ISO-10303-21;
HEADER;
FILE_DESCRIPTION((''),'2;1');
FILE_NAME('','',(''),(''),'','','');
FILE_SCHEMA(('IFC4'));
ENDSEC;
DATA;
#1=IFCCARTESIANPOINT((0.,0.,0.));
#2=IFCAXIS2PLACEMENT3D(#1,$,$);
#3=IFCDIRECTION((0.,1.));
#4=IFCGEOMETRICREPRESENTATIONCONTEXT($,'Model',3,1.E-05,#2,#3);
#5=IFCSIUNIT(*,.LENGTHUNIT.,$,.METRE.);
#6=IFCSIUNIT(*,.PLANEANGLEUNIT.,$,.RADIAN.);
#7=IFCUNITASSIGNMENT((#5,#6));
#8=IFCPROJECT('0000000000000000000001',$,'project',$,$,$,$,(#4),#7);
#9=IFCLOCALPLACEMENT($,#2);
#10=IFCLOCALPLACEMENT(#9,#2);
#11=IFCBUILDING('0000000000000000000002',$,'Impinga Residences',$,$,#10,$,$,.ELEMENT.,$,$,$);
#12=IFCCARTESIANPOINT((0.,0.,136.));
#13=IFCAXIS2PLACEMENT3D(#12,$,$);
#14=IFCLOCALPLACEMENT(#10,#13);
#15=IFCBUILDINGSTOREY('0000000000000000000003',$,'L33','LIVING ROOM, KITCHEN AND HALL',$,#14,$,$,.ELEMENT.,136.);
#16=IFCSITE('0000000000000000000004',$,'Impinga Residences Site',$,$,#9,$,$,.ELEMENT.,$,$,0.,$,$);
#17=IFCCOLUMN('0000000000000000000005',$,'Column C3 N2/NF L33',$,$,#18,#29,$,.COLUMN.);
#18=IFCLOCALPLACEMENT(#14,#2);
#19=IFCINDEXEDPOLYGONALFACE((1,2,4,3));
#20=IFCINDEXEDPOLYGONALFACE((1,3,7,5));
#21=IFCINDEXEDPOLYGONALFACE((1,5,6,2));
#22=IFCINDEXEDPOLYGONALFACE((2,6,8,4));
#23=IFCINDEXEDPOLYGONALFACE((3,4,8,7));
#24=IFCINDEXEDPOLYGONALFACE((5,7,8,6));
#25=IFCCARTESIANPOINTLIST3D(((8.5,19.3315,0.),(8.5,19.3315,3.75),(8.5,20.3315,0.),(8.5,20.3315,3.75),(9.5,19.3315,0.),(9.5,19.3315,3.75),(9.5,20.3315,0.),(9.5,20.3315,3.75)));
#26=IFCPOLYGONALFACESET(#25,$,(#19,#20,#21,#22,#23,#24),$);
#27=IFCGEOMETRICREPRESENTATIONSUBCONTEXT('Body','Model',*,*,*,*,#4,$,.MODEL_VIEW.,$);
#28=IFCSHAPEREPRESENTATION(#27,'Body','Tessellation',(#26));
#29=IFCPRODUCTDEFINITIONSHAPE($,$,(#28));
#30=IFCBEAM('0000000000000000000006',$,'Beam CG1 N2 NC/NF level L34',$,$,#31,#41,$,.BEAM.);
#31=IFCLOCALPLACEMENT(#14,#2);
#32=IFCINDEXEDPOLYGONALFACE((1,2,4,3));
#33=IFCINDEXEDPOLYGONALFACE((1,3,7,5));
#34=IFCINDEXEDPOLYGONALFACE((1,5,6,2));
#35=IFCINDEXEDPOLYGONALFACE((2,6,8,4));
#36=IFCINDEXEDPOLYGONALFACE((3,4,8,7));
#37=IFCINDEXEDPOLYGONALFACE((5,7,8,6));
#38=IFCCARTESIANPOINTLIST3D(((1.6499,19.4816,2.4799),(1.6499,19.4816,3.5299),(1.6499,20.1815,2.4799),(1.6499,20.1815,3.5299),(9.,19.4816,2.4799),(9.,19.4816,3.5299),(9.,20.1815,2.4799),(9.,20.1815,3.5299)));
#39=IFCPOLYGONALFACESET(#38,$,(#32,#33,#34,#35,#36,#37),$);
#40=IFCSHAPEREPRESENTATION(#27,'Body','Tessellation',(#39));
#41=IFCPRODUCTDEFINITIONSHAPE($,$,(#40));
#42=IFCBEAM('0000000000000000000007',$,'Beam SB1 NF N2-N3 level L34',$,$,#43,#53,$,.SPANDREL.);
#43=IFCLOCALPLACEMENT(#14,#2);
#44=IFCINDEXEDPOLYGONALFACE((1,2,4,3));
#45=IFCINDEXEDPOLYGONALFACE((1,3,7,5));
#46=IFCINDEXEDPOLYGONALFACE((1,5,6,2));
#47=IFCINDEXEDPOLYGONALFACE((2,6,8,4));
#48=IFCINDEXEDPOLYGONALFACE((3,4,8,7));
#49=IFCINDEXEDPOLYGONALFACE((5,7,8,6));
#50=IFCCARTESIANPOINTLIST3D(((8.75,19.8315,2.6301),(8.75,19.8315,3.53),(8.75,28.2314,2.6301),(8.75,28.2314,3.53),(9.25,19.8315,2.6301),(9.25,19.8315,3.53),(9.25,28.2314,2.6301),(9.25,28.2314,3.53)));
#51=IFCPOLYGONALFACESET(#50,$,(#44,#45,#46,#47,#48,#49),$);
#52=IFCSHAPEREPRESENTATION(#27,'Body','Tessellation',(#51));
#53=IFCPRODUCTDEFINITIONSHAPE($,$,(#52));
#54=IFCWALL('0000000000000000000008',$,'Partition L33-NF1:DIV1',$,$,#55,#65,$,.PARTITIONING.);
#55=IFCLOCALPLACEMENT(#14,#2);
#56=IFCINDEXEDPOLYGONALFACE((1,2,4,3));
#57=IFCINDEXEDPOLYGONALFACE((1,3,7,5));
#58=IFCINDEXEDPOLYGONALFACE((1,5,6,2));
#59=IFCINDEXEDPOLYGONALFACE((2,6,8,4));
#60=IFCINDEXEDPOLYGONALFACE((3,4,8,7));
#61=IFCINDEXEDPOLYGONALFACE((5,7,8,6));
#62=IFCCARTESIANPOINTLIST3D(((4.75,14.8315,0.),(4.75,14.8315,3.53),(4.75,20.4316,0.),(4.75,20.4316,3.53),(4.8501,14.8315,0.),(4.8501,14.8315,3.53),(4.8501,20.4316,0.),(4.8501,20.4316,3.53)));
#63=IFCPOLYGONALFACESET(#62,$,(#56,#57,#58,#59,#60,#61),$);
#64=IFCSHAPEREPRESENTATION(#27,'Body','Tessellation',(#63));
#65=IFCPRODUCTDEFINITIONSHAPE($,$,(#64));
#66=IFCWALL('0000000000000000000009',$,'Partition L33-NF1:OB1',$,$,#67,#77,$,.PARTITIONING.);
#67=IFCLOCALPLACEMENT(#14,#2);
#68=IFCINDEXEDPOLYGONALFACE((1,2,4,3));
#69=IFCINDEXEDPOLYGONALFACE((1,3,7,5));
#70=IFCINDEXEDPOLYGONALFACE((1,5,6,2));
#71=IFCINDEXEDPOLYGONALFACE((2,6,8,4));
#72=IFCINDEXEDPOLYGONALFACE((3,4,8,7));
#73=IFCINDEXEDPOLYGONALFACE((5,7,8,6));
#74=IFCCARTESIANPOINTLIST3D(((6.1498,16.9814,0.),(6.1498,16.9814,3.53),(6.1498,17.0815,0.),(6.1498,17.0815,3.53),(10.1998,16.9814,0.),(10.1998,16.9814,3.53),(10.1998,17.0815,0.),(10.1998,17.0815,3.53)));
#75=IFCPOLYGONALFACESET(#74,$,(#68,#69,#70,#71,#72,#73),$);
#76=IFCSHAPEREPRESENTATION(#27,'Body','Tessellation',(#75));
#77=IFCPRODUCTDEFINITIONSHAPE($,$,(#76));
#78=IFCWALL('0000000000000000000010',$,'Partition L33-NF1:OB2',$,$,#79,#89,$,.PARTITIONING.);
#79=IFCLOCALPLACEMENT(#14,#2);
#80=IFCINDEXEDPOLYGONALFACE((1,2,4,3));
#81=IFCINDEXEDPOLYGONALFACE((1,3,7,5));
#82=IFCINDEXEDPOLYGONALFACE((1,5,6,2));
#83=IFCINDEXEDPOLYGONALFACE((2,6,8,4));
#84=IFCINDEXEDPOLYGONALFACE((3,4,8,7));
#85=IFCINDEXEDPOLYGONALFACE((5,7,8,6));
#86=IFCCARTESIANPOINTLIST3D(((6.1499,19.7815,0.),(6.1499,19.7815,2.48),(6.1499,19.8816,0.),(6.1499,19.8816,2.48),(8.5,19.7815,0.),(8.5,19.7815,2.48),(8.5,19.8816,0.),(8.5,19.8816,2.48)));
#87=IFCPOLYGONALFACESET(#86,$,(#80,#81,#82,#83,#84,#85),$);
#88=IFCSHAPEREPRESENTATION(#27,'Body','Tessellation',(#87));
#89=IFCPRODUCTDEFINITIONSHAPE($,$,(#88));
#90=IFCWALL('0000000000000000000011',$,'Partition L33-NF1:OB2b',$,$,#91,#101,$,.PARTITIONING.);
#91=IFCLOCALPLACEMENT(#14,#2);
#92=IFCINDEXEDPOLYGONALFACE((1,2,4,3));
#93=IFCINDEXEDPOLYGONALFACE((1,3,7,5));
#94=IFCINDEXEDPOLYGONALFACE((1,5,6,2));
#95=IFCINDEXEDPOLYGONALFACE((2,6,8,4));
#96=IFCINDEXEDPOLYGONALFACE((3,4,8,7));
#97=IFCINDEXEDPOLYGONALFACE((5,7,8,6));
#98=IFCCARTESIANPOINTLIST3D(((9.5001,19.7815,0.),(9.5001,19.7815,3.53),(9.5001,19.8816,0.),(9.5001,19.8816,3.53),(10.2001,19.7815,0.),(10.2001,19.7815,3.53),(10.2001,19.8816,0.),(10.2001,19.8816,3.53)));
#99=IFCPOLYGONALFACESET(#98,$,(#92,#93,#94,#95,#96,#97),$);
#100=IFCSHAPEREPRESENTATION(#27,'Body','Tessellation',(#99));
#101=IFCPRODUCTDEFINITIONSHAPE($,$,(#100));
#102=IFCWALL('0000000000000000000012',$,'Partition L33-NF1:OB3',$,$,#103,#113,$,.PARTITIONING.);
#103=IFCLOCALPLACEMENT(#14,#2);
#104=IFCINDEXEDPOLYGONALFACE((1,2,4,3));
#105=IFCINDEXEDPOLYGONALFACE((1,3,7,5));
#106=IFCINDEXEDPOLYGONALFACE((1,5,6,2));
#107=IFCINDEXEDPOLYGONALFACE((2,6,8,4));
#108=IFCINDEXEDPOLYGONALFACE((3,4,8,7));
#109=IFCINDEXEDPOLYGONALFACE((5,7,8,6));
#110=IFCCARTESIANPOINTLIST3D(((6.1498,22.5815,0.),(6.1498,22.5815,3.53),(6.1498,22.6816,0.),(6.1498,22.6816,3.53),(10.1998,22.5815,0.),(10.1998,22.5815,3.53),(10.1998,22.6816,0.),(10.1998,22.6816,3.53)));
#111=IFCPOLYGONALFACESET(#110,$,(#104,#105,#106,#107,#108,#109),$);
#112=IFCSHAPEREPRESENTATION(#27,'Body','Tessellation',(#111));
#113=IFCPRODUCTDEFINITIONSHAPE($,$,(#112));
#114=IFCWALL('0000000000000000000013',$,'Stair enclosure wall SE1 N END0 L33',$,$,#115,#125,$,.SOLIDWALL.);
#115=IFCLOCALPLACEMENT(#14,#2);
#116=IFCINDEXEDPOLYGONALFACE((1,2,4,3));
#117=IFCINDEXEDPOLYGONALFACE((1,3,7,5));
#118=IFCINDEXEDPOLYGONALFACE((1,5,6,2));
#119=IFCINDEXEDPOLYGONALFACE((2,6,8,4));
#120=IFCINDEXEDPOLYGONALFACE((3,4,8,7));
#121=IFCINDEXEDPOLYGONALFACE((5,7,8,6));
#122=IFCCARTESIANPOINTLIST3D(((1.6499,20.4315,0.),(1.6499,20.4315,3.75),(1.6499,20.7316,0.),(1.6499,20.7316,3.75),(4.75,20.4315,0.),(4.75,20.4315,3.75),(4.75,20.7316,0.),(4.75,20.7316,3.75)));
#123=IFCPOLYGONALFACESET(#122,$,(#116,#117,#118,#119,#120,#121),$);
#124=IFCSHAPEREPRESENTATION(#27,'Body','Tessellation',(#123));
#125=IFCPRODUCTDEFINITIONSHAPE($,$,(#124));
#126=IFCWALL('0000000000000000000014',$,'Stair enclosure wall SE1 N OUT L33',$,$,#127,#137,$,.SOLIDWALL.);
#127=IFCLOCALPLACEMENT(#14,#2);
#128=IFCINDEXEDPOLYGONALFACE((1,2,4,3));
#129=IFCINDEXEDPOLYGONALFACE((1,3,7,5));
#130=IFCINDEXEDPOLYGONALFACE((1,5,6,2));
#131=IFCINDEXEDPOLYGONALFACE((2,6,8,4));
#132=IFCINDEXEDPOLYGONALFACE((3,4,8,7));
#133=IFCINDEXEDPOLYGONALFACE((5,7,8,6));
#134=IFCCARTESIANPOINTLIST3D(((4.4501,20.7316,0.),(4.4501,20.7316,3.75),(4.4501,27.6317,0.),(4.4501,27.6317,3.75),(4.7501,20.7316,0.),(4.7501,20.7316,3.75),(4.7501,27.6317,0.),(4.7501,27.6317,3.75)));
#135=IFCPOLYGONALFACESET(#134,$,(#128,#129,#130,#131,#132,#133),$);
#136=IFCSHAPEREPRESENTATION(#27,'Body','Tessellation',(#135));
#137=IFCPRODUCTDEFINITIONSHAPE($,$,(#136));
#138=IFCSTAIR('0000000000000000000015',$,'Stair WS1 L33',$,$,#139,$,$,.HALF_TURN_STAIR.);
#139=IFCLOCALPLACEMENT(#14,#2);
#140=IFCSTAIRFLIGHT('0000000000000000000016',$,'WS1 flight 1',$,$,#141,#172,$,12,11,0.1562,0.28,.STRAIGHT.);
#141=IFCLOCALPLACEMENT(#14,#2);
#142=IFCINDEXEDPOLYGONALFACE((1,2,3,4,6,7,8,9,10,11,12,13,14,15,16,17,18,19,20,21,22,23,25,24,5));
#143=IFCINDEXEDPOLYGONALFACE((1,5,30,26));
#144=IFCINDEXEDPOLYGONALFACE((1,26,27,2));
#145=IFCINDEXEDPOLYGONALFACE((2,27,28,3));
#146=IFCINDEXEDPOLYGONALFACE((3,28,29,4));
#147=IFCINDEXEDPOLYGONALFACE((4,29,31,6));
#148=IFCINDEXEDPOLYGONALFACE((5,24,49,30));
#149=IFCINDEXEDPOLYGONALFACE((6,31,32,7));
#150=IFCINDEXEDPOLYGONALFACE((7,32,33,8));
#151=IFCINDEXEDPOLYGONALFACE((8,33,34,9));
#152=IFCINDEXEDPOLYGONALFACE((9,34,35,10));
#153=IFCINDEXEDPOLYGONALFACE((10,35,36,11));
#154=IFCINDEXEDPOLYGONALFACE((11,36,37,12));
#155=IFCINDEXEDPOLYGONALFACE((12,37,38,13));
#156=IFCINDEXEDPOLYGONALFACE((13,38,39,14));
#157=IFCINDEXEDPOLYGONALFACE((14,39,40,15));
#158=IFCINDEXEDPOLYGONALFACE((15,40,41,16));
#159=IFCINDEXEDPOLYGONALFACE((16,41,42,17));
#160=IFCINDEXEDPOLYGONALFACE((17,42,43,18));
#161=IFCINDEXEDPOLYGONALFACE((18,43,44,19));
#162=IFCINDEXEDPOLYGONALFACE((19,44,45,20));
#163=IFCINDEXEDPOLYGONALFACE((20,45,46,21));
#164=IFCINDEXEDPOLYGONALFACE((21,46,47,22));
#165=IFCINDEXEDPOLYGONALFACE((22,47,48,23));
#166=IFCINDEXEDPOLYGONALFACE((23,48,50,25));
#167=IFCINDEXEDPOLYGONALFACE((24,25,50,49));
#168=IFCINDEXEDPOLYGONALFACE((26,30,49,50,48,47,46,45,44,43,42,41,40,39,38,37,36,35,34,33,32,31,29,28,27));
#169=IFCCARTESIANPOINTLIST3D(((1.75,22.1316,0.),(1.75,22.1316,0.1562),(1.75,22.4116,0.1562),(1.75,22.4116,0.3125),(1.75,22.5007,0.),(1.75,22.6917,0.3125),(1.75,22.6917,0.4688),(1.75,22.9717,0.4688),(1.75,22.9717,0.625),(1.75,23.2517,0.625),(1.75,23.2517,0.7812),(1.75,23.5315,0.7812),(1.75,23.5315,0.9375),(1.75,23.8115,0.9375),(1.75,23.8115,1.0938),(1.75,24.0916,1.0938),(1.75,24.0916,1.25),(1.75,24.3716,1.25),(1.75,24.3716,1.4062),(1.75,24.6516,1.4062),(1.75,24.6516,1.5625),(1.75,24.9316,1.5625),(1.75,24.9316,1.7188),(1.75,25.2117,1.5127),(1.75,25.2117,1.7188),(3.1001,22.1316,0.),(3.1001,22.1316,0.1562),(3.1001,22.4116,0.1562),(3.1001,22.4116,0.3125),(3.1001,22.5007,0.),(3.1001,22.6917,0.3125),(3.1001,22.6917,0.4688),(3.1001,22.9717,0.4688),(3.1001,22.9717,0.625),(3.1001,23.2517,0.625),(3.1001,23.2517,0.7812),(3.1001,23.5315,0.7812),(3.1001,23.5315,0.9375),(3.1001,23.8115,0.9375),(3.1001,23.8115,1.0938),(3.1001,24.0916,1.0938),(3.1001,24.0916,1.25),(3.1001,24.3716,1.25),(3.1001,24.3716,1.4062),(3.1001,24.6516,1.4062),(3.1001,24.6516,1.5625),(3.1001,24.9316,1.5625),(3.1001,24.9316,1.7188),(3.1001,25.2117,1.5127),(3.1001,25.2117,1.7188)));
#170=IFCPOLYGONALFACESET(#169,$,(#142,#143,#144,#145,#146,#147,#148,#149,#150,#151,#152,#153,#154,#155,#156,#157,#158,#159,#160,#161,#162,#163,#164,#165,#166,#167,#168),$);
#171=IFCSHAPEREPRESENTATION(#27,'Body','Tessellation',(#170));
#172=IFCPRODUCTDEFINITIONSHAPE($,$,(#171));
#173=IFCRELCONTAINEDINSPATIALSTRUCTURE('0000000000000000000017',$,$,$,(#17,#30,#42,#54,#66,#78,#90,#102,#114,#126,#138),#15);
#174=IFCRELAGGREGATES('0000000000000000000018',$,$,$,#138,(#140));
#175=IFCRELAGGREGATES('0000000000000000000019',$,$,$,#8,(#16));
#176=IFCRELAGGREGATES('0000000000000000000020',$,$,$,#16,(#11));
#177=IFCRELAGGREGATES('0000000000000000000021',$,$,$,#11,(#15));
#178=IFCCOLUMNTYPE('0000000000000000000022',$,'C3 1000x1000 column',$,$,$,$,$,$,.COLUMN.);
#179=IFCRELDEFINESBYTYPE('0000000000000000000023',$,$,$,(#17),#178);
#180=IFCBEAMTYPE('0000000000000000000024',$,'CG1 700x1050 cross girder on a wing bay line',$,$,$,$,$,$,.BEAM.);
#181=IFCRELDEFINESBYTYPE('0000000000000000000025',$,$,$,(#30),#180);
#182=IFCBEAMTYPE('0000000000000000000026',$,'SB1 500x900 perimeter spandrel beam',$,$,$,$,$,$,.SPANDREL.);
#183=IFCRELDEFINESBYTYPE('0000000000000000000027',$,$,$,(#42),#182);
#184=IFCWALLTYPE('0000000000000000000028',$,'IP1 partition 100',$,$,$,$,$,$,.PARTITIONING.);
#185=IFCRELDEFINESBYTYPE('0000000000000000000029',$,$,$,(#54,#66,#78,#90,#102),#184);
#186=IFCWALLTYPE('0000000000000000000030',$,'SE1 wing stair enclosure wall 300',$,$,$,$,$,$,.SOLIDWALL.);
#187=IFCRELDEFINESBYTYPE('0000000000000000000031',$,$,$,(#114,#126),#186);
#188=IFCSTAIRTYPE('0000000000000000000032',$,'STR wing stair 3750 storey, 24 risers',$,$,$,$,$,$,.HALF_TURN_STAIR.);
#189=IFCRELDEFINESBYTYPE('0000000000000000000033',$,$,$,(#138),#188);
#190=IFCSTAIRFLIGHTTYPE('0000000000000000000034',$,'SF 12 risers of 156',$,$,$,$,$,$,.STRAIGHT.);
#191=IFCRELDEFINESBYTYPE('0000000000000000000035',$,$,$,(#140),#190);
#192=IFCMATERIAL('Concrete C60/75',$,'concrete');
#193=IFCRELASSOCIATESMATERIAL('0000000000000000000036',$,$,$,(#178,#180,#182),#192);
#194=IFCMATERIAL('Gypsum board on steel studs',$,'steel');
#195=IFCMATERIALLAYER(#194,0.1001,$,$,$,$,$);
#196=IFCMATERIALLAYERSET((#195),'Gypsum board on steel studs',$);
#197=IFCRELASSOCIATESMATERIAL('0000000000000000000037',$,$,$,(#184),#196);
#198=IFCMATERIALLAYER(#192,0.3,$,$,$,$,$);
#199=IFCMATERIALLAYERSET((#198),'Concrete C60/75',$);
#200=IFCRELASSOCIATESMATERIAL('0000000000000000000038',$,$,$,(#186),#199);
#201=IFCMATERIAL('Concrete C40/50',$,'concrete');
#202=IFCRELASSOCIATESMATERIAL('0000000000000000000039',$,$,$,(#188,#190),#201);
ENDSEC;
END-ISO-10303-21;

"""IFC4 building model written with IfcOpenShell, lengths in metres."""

from ifc_helpers import new_model, si_unit, direction, frame, frame_2d, origin, origin_2d, place, context, subcontext, project, spatial, polyline, rectangle, outline, extrude, material, layer, layer_set, material_profile, profile_set, type_object, element, aggregate, save


model = new_model("IFC4")

# Units and contexts
model_context = context("Model", 3, precision=1e-05, world=origin(), true_north=direction((0.0, 1.0)))
body_context = subcontext(model_context, "Body", "Model", "MODEL_VIEW")
ifc_project = project(units=[si_unit("LENGTHUNIT", "METRE"), si_unit("PLANEANGLEUNIT", "RADIAN")], contexts=[model_context])

# Site, building, storey
site_placement = place(None, origin())
site = spatial("IfcSite", under=ifc_project, at=site_placement, Name="Impinga Residences Site", CompositionType="ELEMENT", RefElevation=0.0)
building_placement = place(site_placement, origin())
building = spatial("IfcBuilding", under=site, at=building_placement, Name="Impinga Residences", CompositionType="ELEMENT")
storey_placement = place(building_placement, frame((0.0, 0.0, 136.0)))
storey = spatial("IfcBuildingStorey", under=building, at=storey_placement, Name="L33", Description="LIVING ROOM, KITCHEN AND HALL", CompositionType="ELEMENT", Elevation=136.0)

# Column
ifc_material_1 = material(Name="Concrete C60/75", Category="concrete")
ifc_material_profile_1 = material_profile(ifc_material_1, rectangle(XDim=1.0, YDim=1.0, at=origin_2d()), Name="RC 1000x1000")
ifc_profile_set_1 = profile_set([ifc_material_profile_1], Name="Concrete C60/75")
column_type = type_object("IfcColumnType", Name="C3 1000x1000 column", PredefinedType="COLUMN", material=ifc_profile_set_1)
column_placement = place(storey_placement, frame((9.0, 19.8315, 0.0), z_axis=(0.0, 0.0, 1.0), x_axis=(1.0, 0.0, 0.0)))
element("IfcColumn", 1, at=column_placement, inside=storey, type_object=column_type, Name="Column C3 N2/NF L33", PredefinedType="COLUMN", context=body_context, shape_type="SweptSolid", body=[
    extrude(rectangle(XDim=1.0, YDim=1.0, at=origin_2d()), origin(), (0.0, 0.0, 1.0), 3.75),
])

# Beams
ifc_material_profile_2 = material_profile(ifc_material_1, rectangle(XDim=0.7, YDim=1.05, at=origin_2d()), Name="RC 700x1050")
ifc_profile_set_2 = profile_set([ifc_material_profile_2], Name="Concrete C60/75")
beam_type_1 = type_object("IfcBeamType", Name="CG1 700x1050 cross girder on a wing bay line", PredefinedType="BEAM", material=ifc_profile_set_2)
beam_1_placement = place(storey_placement, frame((1.6499, 19.8315, 3.0049), z_axis=(1.0, 0.0, 0.0), x_axis=(0.0, 1.0, 0.0)))
element("IfcBeam", 2, at=beam_1_placement, inside=storey, type_object=beam_type_1, Name="Beam CG1 N2 NC/NF level L34", PredefinedType="BEAM", context=body_context, shape_type="SweptSolid", body=[
    extrude(rectangle(XDim=0.7, YDim=1.05, at=origin_2d()), origin(), (0.0, 0.0, 1.0), 7.3501),
])
ifc_material_profile_3 = material_profile(ifc_material_1, rectangle(XDim=0.5, YDim=0.8999, at=origin_2d()), Name="RC 500x900")
ifc_profile_set_3 = profile_set([ifc_material_profile_3], Name="Concrete C60/75")
beam_type_2 = type_object("IfcBeamType", Name="SB1 500x900 perimeter spandrel beam", PredefinedType="SPANDREL", material=ifc_profile_set_3)
beam_2_placement = place(storey_placement, frame((9.0, 19.8315, 3.0801), z_axis=(0.0, 1.0, 0.0), x_axis=(-1.0, 0.0, 0.0)))
element("IfcBeam", 3, at=beam_2_placement, inside=storey, type_object=beam_type_2, Name="Beam SB1 NF N2-N3 level L34", PredefinedType="SPANDREL", context=body_context, shape_type="SweptSolid", body=[
    extrude(rectangle(XDim=0.5, YDim=0.8999, at=origin_2d()), origin(), (0.0, 0.0, 1.0), 8.3999),
])

# Walls
ifc_material_2 = material(Name="Gypsum board on steel studs", Category="steel")
ifc_layer_1 = layer(ifc_material_2, 0.1001)
ifc_layer_set_1 = layer_set([ifc_layer_1], Name="Gypsum board on steel studs")
wall_type_1 = type_object("IfcWallType", Name="IP1 partition 100", PredefinedType="PARTITIONING", material=ifc_layer_set_1)
wall_1_placement = place(storey_placement, frame((4.8, 14.8315, 0.0), z_axis=(0.0, 0.0, 1.0), x_axis=(0.0, 1.0, 0.0)))
element("IfcWall", 4, at=wall_1_placement, inside=storey, type_object=wall_type_1, Name="Partition L33-NF1:DIV1", PredefinedType="PARTITIONING", context=body_context, shape_type="SweptSolid", body=[
    extrude(rectangle(XDim=5.6001, YDim=0.1001, at=frame_2d((2.8, 0.0))), origin(), (0.0, 0.0, 1.0), 3.53),
])
wall_2_placement = place(storey_placement, frame((6.1499, 17.0315, 0.0), z_axis=(0.0, 0.0, 1.0), x_axis=(1.0, 0.0, 0.0)))
element("IfcWall", 5, at=wall_2_placement, inside=storey, type_object=wall_type_1, Name="Partition L33-NF1:OB1", PredefinedType="PARTITIONING", context=body_context, shape_type="SweptSolid", body=[
    extrude(rectangle(XDim=4.05, YDim=0.1001, at=frame_2d((2.0249, 0.0))), origin(), (0.0, 0.0, 1.0), 3.53),
])
wall_3_placement = place(storey_placement, frame((6.1499, 19.8315, 0.0), z_axis=(0.0, 0.0, 1.0), x_axis=(1.0, 0.0, 0.0)))
element("IfcWall", 6, at=wall_3_placement, inside=storey, type_object=wall_type_1, Name="Partition L33-NF1:OB2", PredefinedType="PARTITIONING", context=body_context, shape_type="SweptSolid", body=[
    extrude(rectangle(XDim=2.3501, YDim=0.1001, at=frame_2d((1.175, 0.0))), origin(), (0.0, 0.0, 1.0), 2.48),
])
wall_4_placement = place(storey_placement, frame((9.5, 19.8315, 0.0), z_axis=(0.0, 0.0, 1.0), x_axis=(1.0, 0.0, 0.0)))
element("IfcWall", 7, at=wall_4_placement, inside=storey, type_object=wall_type_1, Name="Partition L33-NF1:OB2b", PredefinedType="PARTITIONING", context=body_context, shape_type="SweptSolid", body=[
    extrude(rectangle(XDim=0.7, YDim=0.1001, at=frame_2d((0.3501, 0.0))), origin(), (0.0, 0.0, 1.0), 3.53),
])
wall_5_placement = place(storey_placement, frame((6.1499, 22.6316, 0.0), z_axis=(0.0, 0.0, 1.0), x_axis=(1.0, 0.0, 0.0)))
element("IfcWall", 8, at=wall_5_placement, inside=storey, type_object=wall_type_1, Name="Partition L33-NF1:OB3", PredefinedType="PARTITIONING", context=body_context, shape_type="SweptSolid", body=[
    extrude(rectangle(XDim=4.05, YDim=0.1001, at=frame_2d((2.0249, 0.0))), origin(), (0.0, 0.0, 1.0), 3.53),
])
ifc_layer_2 = layer(ifc_material_1, 0.3)
ifc_layer_set_2 = layer_set([ifc_layer_2], Name="Concrete C60/75")
wall_type_2 = type_object("IfcWallType", Name="SE1 wing stair enclosure wall 300", PredefinedType="SOLIDWALL", material=ifc_layer_set_2)
wall_6_placement = place(storey_placement, frame((1.6499, 20.5815, 0.0), z_axis=(0.0, 0.0, 1.0), x_axis=(1.0, 0.0, 0.0)))
element("IfcWall", 9, at=wall_6_placement, inside=storey, type_object=wall_type_2, Name="Stair enclosure wall SE1 N END0 L33", PredefinedType="SOLIDWALL", context=body_context, shape_type="SweptSolid", body=[
    extrude(rectangle(XDim=3.1001, YDim=0.3, at=frame_2d((1.55, 0.0))), origin(), (0.0, 0.0, 1.0), 3.75),
])
wall_7_placement = place(storey_placement, frame((4.6001, 20.7314, 0.0), z_axis=(0.0, 0.0, 1.0), x_axis=(0.0, 1.0, 0.0)))
element("IfcWall", 10, at=wall_7_placement, inside=storey, type_object=wall_type_2, Name="Stair enclosure wall SE1 N OUT L33", PredefinedType="SOLIDWALL", context=body_context, shape_type="SweptSolid", body=[
    extrude(rectangle(XDim=6.9001, YDim=0.3, at=frame_2d((3.4502, 0.0))), origin(), (0.0, 0.0, 1.0), 3.75),
])

# Stair, stair flight
ifc_material_3 = material(Name="Concrete C40/50", Category="concrete")
stair_type = type_object("IfcStairType", Name="STR wing stair 3750 storey, 24 risers", PredefinedType="HALF_TURN_STAIR", material=ifc_material_3)
stair_placement = place(storey_placement, origin())
stair = element("IfcStair", 11, at=stair_placement, inside=storey, type_object=stair_type, Name="Stair WS1 L33", PredefinedType="HALF_TURN_STAIR")
stair_flight_type = type_object("IfcStairFlightType", Name="SF 12 risers of 156", PredefinedType="STRAIGHT", material=ifc_material_3)
stair_flight_placement = place(storey_placement, frame((2.425, 22.1316, 0.0), z_axis=(0.0, 0.0, 1.0), x_axis=(0.0, 1.0, 0.0)))
stair_flight = element("IfcStairFlight", 12, at=stair_flight_placement, type_object=stair_flight_type, Name="WS1 flight 1", NumberOfRisers=12, NumberOfTreads=11, PredefinedType="STRAIGHT", RiserHeight=0.1562, TreadLength=0.28, context=body_context, shape_type="SweptSolid", body=[
    extrude(outline(polyline([(0.0, 0.0), (0.0, 0.1562), (0.28, 0.1562), (0.28, 0.3125), (0.5601, 0.3125), (0.5601, 0.4688), (0.8401, 0.4688), (0.8401, 0.625), (1.1201, 0.625), (1.1201, 0.7812), (1.3999, 0.7812), (1.3999, 0.9375), (1.6799, 0.9375), (1.6799, 1.0938), (1.96, 1.0938), (1.96, 1.25), (2.24, 1.25), (2.24, 1.4062), (2.52, 1.4062), (2.52, 1.5625), (2.8, 1.5625), (2.8, 1.7188), (3.0801, 1.7188), (3.0801, 1.875), (3.0801, 1.5127), (0.3691, 0.0), (0.0, 0.0)])), frame((0.0, 0.675, 0.0), z_axis=(0.0, -1.0, 0.0), x_axis=(1.0, 0.0, 0.0)), (0.0, 0.0, 1.0), 1.3501),
])
aggregate(stair, [stair_flight])

save(model, "model.ifc")
